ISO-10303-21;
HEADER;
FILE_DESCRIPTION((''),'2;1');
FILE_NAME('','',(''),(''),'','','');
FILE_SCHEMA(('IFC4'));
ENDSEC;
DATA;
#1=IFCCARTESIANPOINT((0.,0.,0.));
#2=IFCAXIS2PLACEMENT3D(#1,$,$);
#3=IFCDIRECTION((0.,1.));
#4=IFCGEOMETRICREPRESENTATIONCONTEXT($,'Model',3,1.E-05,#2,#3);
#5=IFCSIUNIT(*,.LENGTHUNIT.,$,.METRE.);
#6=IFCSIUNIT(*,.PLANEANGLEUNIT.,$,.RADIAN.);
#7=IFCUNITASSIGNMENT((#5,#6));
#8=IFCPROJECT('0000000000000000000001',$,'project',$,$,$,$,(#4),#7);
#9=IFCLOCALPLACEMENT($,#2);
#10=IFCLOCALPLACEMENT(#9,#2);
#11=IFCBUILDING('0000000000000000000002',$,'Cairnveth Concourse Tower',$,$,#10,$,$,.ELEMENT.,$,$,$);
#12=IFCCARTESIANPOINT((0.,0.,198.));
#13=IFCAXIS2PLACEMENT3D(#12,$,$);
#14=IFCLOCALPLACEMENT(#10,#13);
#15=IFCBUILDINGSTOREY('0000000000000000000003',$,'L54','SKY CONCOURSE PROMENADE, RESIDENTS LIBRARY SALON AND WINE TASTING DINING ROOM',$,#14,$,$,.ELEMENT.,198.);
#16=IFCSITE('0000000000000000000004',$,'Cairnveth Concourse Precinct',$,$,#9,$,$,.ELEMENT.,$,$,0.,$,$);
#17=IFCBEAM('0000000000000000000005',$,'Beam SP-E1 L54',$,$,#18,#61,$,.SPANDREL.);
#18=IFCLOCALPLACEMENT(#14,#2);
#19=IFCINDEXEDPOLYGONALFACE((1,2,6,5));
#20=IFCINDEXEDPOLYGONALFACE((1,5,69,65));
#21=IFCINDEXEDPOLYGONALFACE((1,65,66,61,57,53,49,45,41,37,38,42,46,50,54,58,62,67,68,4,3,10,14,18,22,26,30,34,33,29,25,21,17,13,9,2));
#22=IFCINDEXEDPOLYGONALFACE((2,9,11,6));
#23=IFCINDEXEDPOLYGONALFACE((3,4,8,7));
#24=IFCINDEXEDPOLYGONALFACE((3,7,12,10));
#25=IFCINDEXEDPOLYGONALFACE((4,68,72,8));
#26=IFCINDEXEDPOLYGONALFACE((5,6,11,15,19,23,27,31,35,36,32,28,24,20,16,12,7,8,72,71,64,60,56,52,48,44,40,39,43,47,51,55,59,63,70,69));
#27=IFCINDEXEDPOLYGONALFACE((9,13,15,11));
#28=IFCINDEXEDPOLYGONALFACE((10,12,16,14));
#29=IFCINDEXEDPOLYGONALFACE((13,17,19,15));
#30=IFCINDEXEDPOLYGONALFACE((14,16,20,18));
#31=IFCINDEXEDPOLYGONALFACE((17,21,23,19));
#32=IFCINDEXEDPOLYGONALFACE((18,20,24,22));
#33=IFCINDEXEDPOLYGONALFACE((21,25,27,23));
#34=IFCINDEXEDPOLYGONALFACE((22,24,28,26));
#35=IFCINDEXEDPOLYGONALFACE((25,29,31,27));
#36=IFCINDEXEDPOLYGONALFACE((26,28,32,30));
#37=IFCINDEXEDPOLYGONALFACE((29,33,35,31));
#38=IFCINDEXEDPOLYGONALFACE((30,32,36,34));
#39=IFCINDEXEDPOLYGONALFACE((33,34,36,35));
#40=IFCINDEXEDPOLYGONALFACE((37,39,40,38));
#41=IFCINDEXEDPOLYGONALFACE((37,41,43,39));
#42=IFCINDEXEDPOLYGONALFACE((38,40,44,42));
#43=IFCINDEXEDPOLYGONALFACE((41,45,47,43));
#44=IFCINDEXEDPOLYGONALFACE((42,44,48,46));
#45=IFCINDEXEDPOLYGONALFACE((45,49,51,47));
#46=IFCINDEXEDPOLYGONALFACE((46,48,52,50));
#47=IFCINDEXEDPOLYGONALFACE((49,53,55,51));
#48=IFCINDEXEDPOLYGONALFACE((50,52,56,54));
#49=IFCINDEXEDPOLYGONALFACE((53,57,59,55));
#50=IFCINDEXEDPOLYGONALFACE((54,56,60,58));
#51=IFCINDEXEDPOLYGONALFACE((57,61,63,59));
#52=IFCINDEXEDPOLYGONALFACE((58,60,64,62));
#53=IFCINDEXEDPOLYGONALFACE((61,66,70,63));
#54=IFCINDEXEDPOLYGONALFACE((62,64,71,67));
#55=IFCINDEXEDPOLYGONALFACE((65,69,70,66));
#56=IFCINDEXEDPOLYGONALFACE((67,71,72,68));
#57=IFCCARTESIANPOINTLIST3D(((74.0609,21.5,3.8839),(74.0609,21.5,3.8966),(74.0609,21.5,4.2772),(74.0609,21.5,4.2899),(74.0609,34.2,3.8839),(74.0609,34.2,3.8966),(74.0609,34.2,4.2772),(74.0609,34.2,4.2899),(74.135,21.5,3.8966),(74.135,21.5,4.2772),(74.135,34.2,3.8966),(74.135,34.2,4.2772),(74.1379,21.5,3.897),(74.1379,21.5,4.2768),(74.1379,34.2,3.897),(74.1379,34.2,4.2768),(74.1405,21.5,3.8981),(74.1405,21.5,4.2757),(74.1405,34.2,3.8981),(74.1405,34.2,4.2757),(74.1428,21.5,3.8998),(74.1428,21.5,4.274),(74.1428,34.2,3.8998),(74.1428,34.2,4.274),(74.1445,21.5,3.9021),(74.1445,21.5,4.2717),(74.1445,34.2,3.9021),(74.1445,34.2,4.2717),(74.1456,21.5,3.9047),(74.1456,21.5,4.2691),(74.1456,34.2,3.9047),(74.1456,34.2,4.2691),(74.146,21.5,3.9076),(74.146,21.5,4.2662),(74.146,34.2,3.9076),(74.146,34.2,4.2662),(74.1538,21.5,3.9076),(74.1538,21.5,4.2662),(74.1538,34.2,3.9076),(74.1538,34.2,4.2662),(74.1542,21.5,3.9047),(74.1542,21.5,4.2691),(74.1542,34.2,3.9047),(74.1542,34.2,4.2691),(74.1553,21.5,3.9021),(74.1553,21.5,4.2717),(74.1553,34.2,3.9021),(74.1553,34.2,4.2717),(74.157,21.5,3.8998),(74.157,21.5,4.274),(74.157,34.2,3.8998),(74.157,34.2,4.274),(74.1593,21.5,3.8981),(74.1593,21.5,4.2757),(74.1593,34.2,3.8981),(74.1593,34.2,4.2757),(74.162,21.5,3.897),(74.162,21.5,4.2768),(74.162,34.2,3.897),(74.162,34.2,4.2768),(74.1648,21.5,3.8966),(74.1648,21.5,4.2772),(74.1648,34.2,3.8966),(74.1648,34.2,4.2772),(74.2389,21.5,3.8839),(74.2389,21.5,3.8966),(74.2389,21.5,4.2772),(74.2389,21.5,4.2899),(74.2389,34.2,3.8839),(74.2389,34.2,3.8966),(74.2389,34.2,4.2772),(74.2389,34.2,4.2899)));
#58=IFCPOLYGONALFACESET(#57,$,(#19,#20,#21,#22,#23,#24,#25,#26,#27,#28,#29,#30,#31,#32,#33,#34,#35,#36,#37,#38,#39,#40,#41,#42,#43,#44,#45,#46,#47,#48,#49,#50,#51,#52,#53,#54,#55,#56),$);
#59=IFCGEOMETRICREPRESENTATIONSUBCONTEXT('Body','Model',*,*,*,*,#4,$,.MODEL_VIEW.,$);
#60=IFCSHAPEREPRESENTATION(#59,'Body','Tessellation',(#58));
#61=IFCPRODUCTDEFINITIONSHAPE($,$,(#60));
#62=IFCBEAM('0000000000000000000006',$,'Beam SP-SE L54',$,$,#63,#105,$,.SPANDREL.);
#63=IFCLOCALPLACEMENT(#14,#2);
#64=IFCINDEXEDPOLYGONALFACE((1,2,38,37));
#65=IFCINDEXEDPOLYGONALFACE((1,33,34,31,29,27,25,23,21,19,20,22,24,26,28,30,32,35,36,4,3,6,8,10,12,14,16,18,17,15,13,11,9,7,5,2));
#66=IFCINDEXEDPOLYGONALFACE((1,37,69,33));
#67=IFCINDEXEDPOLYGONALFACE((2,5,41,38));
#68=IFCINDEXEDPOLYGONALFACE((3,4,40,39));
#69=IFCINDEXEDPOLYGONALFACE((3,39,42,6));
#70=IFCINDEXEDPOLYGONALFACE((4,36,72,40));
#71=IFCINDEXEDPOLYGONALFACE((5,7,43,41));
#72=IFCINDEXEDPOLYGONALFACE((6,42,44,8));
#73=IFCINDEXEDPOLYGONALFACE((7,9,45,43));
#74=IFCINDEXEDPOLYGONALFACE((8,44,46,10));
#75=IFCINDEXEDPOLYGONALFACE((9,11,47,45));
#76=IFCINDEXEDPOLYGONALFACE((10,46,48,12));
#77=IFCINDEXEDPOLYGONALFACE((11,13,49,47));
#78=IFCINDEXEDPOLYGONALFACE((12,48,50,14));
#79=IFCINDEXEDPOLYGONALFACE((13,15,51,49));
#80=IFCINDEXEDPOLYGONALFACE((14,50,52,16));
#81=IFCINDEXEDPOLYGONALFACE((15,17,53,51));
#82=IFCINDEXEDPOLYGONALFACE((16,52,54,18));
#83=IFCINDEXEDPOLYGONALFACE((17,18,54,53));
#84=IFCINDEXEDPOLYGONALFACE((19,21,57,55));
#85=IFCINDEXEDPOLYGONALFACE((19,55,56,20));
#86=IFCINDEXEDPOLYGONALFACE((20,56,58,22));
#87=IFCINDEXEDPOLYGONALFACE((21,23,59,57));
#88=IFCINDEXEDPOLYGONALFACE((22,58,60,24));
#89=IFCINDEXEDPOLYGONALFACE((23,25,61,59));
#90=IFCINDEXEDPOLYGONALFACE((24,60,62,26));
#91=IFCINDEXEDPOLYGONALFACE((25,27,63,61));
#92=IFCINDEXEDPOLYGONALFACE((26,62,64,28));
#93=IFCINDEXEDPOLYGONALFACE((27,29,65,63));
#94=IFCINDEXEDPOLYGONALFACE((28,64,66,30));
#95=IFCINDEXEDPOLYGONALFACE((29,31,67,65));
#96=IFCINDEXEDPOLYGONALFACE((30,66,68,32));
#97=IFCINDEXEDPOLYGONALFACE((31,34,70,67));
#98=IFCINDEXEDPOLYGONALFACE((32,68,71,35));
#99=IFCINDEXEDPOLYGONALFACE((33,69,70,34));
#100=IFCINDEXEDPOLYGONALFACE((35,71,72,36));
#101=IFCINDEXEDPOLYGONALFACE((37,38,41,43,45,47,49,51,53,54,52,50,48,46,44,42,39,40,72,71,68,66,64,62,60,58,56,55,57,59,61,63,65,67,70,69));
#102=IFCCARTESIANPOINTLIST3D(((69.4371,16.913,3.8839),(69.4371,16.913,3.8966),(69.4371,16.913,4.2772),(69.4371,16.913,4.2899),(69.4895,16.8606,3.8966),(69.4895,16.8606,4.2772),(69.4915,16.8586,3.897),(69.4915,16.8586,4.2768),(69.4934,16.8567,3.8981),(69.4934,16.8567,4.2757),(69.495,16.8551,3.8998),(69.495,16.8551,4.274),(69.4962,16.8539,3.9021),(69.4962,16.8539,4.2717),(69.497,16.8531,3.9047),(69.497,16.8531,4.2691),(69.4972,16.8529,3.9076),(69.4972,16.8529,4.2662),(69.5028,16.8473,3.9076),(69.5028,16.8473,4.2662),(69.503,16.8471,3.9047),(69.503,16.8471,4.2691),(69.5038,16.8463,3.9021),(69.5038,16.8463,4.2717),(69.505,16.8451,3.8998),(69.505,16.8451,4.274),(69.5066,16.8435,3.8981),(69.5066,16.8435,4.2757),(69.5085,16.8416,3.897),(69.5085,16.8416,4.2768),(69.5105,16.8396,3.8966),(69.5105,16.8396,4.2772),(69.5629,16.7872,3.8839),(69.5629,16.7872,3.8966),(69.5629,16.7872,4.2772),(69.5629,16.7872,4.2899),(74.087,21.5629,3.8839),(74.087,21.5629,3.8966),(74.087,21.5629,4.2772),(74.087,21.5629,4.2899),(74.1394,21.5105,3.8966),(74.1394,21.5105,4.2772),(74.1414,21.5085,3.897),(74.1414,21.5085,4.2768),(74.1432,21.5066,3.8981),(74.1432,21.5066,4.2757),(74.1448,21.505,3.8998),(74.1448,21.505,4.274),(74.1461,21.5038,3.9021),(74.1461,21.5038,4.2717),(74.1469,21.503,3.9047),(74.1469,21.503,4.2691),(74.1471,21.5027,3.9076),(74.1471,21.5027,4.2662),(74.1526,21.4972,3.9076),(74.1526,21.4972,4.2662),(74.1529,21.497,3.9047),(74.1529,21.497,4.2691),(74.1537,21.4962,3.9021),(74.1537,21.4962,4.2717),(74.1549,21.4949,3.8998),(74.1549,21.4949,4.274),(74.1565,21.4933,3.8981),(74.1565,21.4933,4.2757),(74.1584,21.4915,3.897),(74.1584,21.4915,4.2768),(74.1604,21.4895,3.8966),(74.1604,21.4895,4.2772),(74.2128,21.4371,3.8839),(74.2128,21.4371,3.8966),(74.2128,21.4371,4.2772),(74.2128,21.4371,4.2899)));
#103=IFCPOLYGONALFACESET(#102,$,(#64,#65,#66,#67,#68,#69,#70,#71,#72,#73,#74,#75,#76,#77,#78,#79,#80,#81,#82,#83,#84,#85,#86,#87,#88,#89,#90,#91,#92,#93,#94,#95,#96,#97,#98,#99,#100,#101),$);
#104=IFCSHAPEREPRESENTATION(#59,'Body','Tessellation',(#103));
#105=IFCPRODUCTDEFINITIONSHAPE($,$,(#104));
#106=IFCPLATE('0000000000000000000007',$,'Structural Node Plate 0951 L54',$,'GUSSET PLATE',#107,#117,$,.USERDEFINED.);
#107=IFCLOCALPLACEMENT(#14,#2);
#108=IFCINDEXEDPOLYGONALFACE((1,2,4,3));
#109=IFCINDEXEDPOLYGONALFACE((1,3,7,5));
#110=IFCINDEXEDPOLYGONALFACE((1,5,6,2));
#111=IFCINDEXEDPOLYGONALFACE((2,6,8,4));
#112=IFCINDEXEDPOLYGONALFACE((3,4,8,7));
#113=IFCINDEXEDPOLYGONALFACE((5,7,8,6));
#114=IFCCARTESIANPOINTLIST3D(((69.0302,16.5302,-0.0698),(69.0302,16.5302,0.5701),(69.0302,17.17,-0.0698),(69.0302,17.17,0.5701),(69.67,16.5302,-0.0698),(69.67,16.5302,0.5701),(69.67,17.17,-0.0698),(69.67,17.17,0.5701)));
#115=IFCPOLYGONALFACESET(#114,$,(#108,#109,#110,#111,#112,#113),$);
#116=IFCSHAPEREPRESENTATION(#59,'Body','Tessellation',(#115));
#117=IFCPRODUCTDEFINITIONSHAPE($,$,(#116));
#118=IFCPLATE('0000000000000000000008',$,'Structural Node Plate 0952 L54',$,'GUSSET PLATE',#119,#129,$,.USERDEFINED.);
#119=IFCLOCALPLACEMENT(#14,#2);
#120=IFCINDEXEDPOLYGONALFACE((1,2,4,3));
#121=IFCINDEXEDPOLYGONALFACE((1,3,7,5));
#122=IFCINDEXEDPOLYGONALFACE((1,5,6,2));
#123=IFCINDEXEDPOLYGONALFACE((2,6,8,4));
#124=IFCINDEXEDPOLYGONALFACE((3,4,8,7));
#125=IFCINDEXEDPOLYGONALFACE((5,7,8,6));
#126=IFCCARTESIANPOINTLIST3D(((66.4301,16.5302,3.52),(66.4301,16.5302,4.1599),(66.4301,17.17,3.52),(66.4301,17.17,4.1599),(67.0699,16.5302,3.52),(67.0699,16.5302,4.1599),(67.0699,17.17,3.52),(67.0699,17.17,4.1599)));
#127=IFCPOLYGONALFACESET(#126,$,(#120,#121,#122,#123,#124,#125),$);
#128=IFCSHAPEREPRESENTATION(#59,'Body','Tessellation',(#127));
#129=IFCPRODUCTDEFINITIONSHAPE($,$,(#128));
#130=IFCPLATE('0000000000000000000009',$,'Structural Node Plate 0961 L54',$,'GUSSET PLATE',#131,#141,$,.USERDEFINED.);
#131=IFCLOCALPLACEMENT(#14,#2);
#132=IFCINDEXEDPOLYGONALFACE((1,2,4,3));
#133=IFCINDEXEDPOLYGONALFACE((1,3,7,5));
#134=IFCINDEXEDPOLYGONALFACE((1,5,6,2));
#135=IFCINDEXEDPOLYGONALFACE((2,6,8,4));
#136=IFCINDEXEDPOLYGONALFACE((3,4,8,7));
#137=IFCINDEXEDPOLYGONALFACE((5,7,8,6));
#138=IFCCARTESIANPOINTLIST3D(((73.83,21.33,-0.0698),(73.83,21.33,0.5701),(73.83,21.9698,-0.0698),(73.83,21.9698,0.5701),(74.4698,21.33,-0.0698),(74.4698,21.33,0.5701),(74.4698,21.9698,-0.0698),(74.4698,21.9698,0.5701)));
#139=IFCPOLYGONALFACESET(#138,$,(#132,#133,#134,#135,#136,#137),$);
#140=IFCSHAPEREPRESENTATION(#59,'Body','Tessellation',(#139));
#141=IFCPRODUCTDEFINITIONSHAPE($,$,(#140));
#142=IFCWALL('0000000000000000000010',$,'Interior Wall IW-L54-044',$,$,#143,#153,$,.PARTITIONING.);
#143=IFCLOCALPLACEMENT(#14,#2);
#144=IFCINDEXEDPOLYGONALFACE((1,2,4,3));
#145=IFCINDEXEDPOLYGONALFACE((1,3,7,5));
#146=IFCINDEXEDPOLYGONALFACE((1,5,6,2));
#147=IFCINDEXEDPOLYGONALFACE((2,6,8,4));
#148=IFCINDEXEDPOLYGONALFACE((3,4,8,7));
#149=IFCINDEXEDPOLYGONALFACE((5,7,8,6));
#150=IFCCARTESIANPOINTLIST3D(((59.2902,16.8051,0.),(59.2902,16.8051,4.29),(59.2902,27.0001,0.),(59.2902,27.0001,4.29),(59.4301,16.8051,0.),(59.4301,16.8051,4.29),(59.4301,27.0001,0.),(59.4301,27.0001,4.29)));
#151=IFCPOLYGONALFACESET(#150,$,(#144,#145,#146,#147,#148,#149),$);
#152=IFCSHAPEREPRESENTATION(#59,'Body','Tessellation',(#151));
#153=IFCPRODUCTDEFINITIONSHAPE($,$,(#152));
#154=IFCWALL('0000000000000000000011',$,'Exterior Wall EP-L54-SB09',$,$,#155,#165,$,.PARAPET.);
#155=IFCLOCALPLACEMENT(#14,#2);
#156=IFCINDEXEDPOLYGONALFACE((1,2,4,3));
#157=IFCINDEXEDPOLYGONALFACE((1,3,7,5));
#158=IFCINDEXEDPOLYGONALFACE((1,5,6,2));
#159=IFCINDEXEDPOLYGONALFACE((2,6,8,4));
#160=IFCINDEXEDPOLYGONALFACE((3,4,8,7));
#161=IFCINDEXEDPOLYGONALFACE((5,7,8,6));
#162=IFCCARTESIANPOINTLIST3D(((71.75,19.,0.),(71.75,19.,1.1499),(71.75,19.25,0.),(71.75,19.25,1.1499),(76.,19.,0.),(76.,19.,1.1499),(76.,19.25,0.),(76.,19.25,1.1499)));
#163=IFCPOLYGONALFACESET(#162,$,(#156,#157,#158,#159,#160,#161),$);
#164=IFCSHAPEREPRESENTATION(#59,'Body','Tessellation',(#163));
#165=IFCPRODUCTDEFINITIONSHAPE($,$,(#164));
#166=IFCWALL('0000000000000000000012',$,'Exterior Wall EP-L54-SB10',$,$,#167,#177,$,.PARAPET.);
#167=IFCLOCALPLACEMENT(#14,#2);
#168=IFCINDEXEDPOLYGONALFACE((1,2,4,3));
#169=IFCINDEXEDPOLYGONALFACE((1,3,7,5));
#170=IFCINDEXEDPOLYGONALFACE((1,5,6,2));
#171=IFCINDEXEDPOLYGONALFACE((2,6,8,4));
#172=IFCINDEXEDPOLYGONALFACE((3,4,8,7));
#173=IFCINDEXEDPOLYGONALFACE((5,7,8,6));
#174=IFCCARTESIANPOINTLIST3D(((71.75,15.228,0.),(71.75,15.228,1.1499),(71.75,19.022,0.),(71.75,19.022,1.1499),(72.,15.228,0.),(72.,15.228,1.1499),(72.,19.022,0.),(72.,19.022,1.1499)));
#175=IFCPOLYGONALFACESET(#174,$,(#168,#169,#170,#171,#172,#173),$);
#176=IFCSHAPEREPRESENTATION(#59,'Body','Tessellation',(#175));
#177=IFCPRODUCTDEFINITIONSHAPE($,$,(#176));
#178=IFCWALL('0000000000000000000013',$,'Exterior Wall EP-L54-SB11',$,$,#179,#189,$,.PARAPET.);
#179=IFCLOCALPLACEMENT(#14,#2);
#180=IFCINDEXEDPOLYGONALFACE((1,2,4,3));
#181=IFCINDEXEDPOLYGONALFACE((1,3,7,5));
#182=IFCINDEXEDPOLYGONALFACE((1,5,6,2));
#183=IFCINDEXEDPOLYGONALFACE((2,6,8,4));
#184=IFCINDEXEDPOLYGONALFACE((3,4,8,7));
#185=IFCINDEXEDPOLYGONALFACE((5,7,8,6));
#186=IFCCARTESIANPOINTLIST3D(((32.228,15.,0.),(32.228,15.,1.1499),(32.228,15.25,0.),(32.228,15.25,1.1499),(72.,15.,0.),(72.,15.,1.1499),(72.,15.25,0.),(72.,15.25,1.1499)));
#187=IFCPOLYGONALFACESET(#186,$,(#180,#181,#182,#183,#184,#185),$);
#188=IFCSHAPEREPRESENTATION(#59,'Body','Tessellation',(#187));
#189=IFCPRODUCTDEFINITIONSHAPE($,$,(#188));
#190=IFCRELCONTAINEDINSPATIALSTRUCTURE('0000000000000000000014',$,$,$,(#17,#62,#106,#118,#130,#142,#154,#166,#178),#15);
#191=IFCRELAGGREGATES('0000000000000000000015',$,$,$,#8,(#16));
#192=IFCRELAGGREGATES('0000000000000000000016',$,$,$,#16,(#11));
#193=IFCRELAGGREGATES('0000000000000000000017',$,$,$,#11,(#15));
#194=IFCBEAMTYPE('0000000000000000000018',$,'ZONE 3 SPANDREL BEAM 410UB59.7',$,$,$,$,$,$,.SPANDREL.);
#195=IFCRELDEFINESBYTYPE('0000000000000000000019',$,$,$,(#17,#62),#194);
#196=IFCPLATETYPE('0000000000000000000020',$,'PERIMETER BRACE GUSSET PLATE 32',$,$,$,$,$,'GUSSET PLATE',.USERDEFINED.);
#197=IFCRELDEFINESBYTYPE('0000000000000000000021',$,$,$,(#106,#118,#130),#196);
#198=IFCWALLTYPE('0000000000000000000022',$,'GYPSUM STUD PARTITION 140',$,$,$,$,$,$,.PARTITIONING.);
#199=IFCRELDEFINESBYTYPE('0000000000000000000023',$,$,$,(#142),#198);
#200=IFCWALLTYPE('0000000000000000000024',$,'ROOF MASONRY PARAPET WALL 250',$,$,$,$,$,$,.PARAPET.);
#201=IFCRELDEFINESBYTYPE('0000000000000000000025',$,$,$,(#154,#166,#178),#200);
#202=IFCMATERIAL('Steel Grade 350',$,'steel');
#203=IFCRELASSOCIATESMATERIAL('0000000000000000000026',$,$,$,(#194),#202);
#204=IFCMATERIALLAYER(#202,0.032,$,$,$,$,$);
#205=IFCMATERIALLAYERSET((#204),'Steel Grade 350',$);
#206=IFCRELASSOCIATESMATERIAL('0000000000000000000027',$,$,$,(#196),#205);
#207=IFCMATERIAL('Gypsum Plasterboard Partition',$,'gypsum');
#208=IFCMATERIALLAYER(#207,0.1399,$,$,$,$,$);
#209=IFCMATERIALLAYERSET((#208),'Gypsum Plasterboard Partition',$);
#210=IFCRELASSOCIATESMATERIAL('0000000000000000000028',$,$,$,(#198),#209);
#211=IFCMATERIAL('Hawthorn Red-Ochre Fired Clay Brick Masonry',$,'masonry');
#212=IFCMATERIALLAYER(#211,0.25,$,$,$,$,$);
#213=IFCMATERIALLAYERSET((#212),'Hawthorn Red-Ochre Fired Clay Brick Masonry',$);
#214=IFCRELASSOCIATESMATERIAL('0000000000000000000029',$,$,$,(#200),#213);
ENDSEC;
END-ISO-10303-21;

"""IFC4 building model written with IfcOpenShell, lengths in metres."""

from ifc_helpers import new_model, si_unit, direction, frame, frame_2d, origin, origin_2d, place, context, subcontext, project, spatial, rectangle, i_section, extrude, material, layer, layer_set, material_profile, profile_set, type_object, element, save


model = new_model("IFC4")

# Units and contexts
model_context = context("Model", 3, precision=1e-05, world=origin(), true_north=direction((0.0, 1.0)))
body_context = subcontext(model_context, "Body", "Model", "MODEL_VIEW")
ifc_project = project(units=[si_unit("LENGTHUNIT", "METRE"), si_unit("PLANEANGLEUNIT", "RADIAN")], contexts=[model_context])

# Site, building, storey
site_placement = place(None, origin())
site = spatial("IfcSite", under=ifc_project, at=site_placement, Name="Cairnveth Concourse Precinct", CompositionType="ELEMENT", RefElevation=0.0)
building_placement = place(site_placement, origin())
building = spatial("IfcBuilding", under=site, at=building_placement, Name="Cairnveth Concourse Tower", CompositionType="ELEMENT")
storey_placement = place(building_placement, frame((0.0, 0.0, 198.0)))
storey = spatial("IfcBuildingStorey", under=building, at=storey_placement, Name="L54", Description="SKY CONCOURSE PROMENADE, RESIDENTS LIBRARY SALON AND WINE TASTING DINING ROOM", CompositionType="ELEMENT", Elevation=198.0)

# Shared definitions
ifc_material_1 = material(Name="Steel Grade 350", Category="steel")

# Beams
ifc_material_profile_1 = material_profile(ifc_material_1, i_section(OverallWidth=0.178, OverallDepth=0.406, WebThickness=0.0078, FlangeThickness=0.0127, FilletRadius=0.011, at=origin_2d()), Name="410UB59.7")
ifc_profile_set_1 = profile_set([ifc_material_profile_1], Name="Steel Grade 350")
beam_type_1 = type_object("IfcBeamType", Name="ZONE 3 SPANDREL BEAM 410UB59.7", PredefinedType="SPANDREL", material=ifc_profile_set_1)
beam_1_placement = place(storey_placement, frame((74.1499, 21.5, 4.0869), z_axis=(0.0, 1.0, 0.0), x_axis=(-1.0, 0.0, 0.0)))
element("IfcBeam", 1, at=beam_1_placement, inside=storey, type_object=beam_type_1, Name="Beam SP-E1 L54", PredefinedType="SPANDREL", context=body_context, shape_type="SweptSolid", body=[
    extrude(i_section(OverallWidth=0.178, OverallDepth=0.406, WebThickness=0.0078, FlangeThickness=0.0127, FilletRadius=0.011, at=origin_2d()), origin(), (0.0, 0.0, 1.0), 12.7),
])
beam_2_placement = place(storey_placement, frame((69.5, 16.8501, 4.0869), z_axis=(0.707107, 0.707107, 0.0), x_axis=(-0.707107, 0.707107, 0.0)))
element("IfcBeam", 2, at=beam_2_placement, inside=storey, type_object=beam_type_1, Name="Beam SP-SE L54", PredefinedType="SPANDREL", context=body_context, shape_type="SweptSolid", body=[
    extrude(i_section(OverallWidth=0.178, OverallDepth=0.406, WebThickness=0.0078, FlangeThickness=0.0127, FilletRadius=0.011, at=origin_2d()), origin(), (0.0, 0.0, 1.0), 6.5759),
])

# Plates
ifc_layer_1 = layer(ifc_material_1, 0.032)
ifc_layer_set_1 = layer_set([ifc_layer_1], Name="Steel Grade 350")
plate_type = type_object("IfcPlateType", Name="PERIMETER BRACE GUSSET PLATE 32", ElementType="GUSSET PLATE", PredefinedType="USERDEFINED", material=ifc_layer_set_1)
for number, where, z_axis, x_axis, name in (
    (3, (69.3501, 16.8501, -0.0698), (0.0, 0.0, 1.0), (1.0, 0.0, 0.0), "Structural Node Plate 0951 L54"),
    (4, (66.75, 16.8501, 3.52), (0.0, 0.0, 1.0), (1.0, 0.0, 0.0), "Structural Node Plate 0952 L54"),
    (5, (74.1499, 21.6499, -0.0698), (0.0, 0.0, 1.0), (1.0, 0.0, 0.0), "Structural Node Plate 0961 L54"),
):
    element("IfcPlate", number, at=place(storey_placement, frame(where, z_axis=z_axis, x_axis=x_axis)), inside=storey, type_object=plate_type, Name=name, ObjectType="GUSSET PLATE", PredefinedType="USERDEFINED", context=body_context, shape_type="SweptSolid", body=[
        extrude(rectangle(XDim=0.6399, YDim=0.6399, at=origin_2d()), origin(), (0.0, 0.0, 1.0), 0.6399),
    ])

# Walls
ifc_material_2 = material(Name="Gypsum Plasterboard Partition", Category="gypsum")
ifc_layer_2 = layer(ifc_material_2, 0.1399)
ifc_layer_set_2 = layer_set([ifc_layer_2], Name="Gypsum Plasterboard Partition")
wall_type_1 = type_object("IfcWallType", Name="GYPSUM STUD PARTITION 140", PredefinedType="PARTITIONING", material=ifc_layer_set_2)
wall_1_placement = place(storey_placement, frame((59.3601, 16.8049, 0.0), z_axis=(0.0, 0.0, 1.0), x_axis=(0.0, 1.0, 0.0)))
element("IfcWall", 6, at=wall_1_placement, inside=storey, type_object=wall_type_1, Name="Interior Wall IW-L54-044", PredefinedType="PARTITIONING", context=body_context, shape_type="SweptSolid", body=[
    extrude(rectangle(XDim=10.1951, YDim=0.1399, at=frame_2d((5.0977, 0.0))), origin(), (0.0, 0.0, 1.0), 4.29),
])
ifc_material_3 = material(Name="Hawthorn Red-Ochre Fired Clay Brick Masonry", Category="masonry")
ifc_layer_3 = layer(ifc_material_3, 0.25)
ifc_layer_set_3 = layer_set([ifc_layer_3], Name="Hawthorn Red-Ochre Fired Clay Brick Masonry")
wall_type_2 = type_object("IfcWallType", Name="ROOF MASONRY PARAPET WALL 250", PredefinedType="PARAPET", material=ifc_layer_set_3)
wall_2_placement = place(storey_placement, frame((76.0, 19.125, 0.0), z_axis=(0.0, 0.0, 1.0), x_axis=(-1.0, 0.0, 0.0)))
element("IfcWall", 7, at=wall_2_placement, inside=storey, type_object=wall_type_2, Name="Exterior Wall EP-L54-SB09", PredefinedType="PARAPET", context=body_context, shape_type="SweptSolid", body=[
    extrude(rectangle(XDim=4.25, YDim=0.25, at=frame_2d((2.125, 0.0))), origin(), (0.0, 0.0, 1.0), 1.1499),
])
wall_3_placement = place(storey_placement, frame((71.875, 19.022, 0.0), z_axis=(0.0, 0.0, 1.0), x_axis=(0.0, -1.0, 0.0)))
element("IfcWall", 8, at=wall_3_placement, inside=storey, type_object=wall_type_2, Name="Exterior Wall EP-L54-SB10", PredefinedType="PARAPET", context=body_context, shape_type="SweptSolid", body=[
    extrude(rectangle(XDim=3.7939, YDim=0.25, at=frame_2d((1.897, 0.0))), origin(), (0.0, 0.0, 1.0), 1.1499),
])
wall_4_placement = place(storey_placement, frame((72.0, 15.125, 0.0), z_axis=(0.0, 0.0, 1.0), x_axis=(-1.0, 0.0, 0.0)))
element("IfcWall", 9, at=wall_4_placement, inside=storey, type_object=wall_type_2, Name="Exterior Wall EP-L54-SB11", PredefinedType="PARAPET", context=body_context, shape_type="SweptSolid", body=[
    extrude(rectangle(XDim=39.772, YDim=0.25, at=frame_2d((19.886, 0.0))), origin(), (0.0, 0.0, 1.0), 1.1499),
])

save(model, "model.ifc")
